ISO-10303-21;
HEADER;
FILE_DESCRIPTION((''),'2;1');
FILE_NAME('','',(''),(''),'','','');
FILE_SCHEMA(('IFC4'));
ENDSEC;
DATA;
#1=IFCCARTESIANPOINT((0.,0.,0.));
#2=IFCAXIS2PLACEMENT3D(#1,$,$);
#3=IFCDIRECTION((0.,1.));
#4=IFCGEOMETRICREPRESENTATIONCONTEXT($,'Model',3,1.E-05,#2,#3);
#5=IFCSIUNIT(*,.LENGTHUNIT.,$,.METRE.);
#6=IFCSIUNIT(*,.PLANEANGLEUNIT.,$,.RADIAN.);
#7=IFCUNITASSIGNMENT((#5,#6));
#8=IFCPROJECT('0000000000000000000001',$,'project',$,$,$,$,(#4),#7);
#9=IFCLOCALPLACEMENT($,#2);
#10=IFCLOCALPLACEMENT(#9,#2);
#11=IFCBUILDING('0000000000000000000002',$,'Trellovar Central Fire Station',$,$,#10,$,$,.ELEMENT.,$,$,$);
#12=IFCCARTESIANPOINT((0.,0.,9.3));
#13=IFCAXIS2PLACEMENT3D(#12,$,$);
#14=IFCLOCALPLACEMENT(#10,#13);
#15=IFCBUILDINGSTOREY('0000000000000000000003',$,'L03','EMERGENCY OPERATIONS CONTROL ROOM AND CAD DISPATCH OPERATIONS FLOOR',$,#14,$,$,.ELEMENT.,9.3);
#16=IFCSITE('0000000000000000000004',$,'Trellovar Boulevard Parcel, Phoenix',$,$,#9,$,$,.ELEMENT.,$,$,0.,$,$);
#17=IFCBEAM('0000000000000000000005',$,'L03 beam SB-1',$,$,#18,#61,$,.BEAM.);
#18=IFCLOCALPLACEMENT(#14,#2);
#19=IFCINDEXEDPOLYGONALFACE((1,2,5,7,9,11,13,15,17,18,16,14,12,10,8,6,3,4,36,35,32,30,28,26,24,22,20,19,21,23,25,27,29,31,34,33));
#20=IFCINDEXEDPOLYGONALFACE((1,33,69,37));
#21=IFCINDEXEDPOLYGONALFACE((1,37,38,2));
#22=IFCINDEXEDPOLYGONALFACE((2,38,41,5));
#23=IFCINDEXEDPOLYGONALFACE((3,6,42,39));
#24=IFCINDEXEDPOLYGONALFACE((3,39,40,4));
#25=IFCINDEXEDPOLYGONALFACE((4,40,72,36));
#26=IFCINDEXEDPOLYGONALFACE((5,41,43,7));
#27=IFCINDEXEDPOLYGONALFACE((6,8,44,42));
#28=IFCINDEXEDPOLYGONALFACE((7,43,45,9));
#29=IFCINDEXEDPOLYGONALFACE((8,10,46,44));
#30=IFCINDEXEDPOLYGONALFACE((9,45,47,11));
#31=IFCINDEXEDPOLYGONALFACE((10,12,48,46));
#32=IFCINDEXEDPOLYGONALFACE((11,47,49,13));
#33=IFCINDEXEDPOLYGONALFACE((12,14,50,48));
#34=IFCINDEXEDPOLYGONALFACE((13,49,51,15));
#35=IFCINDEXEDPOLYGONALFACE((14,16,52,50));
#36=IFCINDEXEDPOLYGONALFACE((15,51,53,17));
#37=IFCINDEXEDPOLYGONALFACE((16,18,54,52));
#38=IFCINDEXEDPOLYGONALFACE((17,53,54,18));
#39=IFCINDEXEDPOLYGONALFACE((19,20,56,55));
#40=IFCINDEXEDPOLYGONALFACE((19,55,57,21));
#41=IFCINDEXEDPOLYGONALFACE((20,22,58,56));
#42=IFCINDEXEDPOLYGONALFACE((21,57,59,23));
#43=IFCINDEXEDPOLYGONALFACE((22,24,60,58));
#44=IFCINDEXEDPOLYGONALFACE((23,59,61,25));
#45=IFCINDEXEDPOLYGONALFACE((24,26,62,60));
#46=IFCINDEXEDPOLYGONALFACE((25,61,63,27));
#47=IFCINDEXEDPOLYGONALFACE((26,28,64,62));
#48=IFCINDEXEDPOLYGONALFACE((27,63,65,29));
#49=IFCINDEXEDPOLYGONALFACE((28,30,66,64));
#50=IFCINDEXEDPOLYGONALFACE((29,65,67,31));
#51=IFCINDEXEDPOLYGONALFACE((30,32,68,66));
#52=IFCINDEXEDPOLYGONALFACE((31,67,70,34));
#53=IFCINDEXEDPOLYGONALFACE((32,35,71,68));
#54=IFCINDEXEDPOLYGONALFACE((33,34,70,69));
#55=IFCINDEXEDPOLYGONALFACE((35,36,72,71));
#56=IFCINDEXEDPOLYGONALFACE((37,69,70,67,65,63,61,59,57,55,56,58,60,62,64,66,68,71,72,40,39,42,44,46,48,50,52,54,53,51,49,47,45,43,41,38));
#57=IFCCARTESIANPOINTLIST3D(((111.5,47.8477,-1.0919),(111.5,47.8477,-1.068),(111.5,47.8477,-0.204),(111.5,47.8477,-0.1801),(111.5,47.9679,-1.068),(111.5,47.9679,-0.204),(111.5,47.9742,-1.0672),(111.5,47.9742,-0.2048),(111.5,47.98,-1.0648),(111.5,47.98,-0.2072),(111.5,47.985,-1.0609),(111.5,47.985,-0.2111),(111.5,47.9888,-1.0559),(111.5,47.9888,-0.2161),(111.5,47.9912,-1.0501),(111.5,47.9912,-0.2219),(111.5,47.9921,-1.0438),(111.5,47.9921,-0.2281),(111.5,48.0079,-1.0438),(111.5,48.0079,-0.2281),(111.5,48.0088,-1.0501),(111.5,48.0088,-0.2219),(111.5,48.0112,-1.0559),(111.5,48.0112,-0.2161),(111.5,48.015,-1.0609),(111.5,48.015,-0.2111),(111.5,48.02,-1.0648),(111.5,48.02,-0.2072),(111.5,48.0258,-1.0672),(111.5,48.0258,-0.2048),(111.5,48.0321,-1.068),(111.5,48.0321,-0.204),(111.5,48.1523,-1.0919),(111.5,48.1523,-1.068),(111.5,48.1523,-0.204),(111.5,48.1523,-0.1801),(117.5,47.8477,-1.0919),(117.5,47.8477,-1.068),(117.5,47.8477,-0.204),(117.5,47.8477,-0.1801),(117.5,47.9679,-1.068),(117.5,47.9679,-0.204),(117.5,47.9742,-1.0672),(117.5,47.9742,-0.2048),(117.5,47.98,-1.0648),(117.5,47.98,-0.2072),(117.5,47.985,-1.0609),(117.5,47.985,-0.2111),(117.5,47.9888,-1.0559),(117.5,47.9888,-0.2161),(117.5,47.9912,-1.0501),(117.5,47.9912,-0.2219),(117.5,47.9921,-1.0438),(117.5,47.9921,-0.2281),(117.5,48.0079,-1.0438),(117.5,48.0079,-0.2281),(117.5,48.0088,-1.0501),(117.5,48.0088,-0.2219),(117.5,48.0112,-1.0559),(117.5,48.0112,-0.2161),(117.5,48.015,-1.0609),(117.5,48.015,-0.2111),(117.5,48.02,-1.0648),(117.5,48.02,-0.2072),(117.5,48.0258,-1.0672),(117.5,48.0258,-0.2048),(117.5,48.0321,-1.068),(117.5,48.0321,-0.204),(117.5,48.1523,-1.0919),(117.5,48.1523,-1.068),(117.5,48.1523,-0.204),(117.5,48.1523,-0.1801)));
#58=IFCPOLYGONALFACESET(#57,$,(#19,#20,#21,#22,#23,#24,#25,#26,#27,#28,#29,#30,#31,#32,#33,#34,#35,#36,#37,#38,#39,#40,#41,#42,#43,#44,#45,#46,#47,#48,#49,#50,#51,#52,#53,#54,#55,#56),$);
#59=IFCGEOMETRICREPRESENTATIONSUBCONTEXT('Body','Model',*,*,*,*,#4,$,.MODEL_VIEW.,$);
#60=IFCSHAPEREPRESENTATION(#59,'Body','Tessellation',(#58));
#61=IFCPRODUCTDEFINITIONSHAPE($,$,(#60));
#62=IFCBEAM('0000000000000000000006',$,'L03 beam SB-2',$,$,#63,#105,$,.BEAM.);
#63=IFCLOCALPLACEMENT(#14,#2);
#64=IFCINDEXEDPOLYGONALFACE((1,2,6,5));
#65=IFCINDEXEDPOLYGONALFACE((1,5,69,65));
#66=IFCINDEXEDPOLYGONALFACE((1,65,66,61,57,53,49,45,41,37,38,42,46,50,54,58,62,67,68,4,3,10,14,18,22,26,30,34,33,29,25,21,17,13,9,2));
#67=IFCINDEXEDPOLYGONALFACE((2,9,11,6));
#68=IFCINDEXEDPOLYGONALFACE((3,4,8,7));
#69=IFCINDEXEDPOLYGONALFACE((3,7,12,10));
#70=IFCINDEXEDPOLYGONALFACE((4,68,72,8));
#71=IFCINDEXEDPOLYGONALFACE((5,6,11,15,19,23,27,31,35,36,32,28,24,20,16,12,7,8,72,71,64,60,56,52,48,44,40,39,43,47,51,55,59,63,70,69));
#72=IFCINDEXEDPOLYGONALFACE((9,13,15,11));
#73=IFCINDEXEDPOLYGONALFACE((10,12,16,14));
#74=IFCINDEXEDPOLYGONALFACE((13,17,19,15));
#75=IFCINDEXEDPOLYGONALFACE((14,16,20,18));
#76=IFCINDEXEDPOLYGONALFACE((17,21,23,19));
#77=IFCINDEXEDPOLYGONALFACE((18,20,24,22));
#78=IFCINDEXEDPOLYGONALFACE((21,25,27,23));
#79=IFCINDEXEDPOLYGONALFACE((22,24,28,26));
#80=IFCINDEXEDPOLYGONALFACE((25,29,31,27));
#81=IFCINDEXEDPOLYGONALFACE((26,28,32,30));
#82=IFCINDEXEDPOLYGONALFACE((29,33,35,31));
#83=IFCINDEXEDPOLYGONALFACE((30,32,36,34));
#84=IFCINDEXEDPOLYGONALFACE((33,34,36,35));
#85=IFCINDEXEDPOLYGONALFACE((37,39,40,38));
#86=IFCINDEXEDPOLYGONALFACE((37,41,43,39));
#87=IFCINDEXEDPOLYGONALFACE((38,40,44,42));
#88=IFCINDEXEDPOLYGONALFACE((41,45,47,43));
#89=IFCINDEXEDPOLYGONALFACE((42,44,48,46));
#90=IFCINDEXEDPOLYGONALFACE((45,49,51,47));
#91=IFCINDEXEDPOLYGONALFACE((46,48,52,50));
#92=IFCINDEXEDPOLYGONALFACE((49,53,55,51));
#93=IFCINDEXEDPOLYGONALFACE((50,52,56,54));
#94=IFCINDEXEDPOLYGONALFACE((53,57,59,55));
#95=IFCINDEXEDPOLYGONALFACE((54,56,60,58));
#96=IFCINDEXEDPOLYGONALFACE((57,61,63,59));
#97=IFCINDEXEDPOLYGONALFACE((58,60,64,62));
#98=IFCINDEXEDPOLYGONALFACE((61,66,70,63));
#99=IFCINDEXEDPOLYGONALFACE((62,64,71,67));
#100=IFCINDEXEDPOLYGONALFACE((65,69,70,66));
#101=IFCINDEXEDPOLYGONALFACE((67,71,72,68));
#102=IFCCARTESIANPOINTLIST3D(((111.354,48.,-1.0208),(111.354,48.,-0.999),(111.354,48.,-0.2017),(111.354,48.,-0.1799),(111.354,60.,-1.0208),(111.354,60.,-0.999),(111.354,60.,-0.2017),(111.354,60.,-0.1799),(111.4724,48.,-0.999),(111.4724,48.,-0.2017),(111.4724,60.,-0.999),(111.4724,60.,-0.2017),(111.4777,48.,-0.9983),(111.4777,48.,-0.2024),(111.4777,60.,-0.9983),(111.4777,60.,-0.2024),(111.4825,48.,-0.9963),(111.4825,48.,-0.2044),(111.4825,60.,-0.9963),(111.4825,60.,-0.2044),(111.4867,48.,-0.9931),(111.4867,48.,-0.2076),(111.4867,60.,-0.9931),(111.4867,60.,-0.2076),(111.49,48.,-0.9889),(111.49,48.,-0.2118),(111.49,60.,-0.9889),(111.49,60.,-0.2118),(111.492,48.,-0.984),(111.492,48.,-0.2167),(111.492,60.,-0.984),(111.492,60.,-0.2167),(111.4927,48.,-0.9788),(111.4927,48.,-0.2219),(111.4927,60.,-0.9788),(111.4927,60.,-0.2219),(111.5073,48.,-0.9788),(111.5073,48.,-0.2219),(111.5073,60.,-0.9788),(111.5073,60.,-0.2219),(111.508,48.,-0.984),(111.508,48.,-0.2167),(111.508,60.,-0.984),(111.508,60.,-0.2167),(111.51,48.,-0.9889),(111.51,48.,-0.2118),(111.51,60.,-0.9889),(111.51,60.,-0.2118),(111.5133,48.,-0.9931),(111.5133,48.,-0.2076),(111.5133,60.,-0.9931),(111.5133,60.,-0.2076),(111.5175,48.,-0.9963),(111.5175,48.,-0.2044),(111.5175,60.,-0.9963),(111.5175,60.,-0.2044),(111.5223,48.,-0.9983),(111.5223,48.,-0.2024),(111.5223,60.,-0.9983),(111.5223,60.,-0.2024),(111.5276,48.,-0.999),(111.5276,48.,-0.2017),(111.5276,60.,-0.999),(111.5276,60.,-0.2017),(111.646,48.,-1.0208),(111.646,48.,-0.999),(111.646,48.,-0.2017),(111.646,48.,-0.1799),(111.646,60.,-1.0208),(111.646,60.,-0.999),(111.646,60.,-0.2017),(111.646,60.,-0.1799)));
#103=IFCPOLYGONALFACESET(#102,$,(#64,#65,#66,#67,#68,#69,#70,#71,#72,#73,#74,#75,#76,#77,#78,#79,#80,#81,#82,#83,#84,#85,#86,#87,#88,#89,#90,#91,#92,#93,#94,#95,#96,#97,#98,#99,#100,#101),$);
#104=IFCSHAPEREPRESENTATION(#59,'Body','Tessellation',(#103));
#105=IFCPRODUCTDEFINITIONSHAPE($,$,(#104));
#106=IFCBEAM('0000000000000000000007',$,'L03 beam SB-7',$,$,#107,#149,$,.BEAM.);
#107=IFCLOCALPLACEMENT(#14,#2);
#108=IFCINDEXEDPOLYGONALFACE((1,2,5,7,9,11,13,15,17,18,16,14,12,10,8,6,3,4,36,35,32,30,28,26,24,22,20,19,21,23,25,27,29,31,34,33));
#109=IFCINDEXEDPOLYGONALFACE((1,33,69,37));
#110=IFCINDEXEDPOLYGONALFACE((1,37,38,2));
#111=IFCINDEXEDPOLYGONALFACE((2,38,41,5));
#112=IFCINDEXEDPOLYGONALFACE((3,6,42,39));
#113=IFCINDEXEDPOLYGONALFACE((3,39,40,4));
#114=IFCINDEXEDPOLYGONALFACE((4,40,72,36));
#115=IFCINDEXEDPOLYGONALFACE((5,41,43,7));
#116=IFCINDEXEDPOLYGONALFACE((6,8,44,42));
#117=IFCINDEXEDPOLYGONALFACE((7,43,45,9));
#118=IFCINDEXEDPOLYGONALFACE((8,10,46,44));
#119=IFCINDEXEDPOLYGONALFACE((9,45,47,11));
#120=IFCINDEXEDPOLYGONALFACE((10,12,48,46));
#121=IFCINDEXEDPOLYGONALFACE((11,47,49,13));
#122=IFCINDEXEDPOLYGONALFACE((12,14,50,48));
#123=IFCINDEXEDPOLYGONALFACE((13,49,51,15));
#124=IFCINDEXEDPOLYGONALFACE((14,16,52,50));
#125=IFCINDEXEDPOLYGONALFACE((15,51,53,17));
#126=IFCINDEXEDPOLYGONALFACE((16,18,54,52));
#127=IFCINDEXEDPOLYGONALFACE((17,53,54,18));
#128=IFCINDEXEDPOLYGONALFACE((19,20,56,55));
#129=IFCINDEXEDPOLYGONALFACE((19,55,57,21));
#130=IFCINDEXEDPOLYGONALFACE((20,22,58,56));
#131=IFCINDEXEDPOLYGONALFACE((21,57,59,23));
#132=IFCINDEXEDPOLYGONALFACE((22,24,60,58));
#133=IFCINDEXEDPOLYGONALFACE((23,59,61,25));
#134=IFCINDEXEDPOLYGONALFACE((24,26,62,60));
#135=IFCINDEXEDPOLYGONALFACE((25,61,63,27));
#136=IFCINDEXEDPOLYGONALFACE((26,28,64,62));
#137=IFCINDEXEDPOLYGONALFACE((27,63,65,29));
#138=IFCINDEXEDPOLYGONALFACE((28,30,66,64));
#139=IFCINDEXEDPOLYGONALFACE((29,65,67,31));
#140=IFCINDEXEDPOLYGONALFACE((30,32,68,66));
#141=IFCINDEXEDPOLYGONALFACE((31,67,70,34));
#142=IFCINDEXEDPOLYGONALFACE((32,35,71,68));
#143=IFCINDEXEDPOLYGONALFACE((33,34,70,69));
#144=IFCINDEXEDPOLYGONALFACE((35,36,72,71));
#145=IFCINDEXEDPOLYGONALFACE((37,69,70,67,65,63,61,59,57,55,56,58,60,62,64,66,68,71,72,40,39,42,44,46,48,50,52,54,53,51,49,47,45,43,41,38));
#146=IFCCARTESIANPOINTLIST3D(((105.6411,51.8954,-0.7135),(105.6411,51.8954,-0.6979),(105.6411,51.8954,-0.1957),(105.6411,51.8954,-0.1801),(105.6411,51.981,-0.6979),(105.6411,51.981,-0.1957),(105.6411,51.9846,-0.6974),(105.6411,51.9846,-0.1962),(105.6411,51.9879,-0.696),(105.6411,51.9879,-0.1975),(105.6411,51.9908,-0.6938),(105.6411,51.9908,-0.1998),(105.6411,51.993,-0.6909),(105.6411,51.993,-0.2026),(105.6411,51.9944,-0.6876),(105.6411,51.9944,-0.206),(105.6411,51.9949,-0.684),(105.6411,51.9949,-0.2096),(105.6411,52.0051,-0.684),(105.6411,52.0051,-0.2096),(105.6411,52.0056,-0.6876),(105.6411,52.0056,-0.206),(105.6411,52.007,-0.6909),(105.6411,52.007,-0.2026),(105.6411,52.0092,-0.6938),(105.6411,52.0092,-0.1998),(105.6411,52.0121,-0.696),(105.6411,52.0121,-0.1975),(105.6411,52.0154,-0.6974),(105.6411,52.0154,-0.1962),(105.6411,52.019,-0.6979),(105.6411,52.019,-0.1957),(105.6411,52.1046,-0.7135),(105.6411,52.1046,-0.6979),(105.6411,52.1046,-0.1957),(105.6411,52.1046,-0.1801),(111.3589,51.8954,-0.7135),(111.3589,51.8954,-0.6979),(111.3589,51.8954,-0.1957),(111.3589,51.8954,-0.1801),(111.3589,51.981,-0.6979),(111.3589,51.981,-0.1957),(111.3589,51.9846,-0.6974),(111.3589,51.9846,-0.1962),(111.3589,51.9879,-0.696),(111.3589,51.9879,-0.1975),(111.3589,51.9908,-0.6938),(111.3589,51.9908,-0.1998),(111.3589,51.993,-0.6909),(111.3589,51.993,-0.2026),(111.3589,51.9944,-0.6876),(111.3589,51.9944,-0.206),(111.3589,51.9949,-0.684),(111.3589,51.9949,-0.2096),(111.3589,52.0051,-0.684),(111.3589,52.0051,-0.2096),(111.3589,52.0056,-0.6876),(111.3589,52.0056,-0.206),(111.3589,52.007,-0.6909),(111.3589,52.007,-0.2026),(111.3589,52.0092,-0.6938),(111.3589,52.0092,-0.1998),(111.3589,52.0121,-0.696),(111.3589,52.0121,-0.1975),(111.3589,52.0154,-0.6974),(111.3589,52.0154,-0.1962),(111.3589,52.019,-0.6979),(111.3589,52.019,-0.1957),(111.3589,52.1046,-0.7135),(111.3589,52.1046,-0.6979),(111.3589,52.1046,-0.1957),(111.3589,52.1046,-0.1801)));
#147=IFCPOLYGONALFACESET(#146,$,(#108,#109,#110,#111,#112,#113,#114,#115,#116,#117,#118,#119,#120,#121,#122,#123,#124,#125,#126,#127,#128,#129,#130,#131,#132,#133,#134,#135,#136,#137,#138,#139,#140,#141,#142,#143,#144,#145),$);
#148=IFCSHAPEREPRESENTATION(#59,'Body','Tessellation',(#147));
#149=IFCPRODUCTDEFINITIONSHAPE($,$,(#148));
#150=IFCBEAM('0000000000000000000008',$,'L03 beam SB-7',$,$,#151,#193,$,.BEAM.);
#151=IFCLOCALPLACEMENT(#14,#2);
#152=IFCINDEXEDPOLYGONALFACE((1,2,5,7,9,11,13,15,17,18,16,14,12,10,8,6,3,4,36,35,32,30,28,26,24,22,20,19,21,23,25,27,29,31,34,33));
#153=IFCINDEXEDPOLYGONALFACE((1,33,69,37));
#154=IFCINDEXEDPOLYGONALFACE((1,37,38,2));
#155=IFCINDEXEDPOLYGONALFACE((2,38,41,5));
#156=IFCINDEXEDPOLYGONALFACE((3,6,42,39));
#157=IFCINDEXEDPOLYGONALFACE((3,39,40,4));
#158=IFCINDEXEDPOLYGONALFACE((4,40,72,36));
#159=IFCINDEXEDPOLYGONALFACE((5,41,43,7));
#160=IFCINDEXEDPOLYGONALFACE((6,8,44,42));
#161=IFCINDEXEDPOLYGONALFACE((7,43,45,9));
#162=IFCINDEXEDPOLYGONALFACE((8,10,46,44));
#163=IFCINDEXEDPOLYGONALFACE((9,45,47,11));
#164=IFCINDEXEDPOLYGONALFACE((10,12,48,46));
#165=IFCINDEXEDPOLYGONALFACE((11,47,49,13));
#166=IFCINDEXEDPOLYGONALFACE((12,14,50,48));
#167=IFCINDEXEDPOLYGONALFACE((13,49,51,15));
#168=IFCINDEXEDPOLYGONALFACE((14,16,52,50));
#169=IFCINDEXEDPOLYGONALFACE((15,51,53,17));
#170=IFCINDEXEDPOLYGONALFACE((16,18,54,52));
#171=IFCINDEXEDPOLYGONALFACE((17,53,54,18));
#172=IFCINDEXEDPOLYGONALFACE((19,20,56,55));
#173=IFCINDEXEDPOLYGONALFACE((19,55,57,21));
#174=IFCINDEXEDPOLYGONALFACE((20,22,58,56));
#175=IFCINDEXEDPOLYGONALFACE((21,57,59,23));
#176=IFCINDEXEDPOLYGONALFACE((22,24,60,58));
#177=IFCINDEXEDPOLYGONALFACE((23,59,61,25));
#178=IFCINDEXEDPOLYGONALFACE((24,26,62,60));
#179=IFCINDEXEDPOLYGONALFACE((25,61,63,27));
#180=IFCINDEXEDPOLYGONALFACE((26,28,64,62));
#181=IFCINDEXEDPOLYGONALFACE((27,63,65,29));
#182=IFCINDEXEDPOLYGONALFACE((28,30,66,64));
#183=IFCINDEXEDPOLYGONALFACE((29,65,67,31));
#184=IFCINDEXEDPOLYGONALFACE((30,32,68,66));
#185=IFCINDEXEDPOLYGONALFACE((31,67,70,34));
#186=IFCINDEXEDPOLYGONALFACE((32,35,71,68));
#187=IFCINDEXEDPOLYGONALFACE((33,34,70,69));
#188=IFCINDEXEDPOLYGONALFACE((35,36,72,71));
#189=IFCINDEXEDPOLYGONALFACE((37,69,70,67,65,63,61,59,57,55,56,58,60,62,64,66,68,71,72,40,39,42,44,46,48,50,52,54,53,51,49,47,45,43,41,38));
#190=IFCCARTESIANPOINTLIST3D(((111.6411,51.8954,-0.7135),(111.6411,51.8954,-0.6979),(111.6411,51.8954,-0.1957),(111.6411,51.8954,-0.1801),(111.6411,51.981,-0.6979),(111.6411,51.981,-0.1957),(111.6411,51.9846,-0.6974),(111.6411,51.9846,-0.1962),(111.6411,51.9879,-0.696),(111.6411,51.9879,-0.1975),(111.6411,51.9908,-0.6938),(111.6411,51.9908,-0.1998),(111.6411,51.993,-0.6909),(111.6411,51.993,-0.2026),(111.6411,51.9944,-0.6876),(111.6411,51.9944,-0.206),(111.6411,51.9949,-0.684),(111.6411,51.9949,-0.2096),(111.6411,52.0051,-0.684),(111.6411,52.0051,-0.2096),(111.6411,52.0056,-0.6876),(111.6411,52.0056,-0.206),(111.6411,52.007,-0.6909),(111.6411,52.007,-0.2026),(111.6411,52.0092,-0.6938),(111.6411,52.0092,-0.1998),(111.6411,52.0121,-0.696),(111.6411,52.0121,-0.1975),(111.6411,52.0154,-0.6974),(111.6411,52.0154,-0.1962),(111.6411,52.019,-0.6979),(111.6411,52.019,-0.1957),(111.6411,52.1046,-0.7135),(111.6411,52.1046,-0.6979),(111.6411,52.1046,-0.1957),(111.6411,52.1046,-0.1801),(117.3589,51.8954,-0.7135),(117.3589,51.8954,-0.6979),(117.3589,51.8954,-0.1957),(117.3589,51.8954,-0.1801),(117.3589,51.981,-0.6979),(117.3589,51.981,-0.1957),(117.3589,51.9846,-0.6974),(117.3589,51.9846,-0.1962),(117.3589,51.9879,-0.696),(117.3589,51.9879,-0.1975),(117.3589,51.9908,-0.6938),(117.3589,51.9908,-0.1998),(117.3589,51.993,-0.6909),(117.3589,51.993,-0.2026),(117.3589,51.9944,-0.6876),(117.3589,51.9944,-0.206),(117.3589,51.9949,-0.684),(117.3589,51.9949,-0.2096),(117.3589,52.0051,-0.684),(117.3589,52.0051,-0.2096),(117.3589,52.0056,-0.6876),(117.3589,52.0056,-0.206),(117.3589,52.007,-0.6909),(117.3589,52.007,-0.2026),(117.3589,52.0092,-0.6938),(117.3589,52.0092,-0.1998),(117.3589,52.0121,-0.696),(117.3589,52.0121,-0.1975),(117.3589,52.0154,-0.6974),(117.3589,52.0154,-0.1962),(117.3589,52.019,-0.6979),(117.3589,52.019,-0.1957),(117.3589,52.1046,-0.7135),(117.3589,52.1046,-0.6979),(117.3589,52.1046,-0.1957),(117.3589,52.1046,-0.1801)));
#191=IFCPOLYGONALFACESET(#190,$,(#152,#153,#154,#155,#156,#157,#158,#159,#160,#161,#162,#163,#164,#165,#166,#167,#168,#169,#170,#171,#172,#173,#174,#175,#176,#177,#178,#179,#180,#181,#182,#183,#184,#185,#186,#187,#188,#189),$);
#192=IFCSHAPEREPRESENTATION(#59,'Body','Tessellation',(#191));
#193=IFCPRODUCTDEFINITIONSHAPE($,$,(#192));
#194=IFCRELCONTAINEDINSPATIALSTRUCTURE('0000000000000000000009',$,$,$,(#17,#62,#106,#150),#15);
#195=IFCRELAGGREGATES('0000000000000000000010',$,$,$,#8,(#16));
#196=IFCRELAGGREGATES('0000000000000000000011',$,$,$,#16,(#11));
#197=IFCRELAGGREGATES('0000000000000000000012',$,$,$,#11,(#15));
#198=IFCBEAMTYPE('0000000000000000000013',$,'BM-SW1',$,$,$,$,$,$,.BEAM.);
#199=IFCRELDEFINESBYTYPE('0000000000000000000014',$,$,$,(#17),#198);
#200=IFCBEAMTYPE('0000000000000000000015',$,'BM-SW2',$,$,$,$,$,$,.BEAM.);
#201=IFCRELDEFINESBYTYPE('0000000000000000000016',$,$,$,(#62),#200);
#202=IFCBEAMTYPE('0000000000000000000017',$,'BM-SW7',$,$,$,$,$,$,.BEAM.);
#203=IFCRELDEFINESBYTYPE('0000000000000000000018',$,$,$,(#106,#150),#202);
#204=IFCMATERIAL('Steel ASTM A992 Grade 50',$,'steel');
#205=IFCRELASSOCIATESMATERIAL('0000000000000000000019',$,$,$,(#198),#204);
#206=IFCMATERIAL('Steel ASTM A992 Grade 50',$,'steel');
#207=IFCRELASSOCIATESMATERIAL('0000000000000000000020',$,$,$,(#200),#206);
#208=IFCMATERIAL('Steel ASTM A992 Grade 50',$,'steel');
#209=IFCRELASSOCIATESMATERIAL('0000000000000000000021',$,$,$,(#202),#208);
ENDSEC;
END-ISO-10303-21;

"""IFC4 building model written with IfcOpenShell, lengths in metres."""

from ifc_helpers import new_model, si_unit, direction, frame, origin, origin_2d, place, context, subcontext, project, spatial, i_section, extrude, material, material_profile, profile_set, type_object, element, save


model = new_model("IFC4")

# Units and contexts
model_context = context("Model", 3, precision=1e-05, world=origin(), true_north=direction((0.0, 1.0)))
body_context = subcontext(model_context, "Body", "Model", "MODEL_VIEW")
ifc_project = project(units=[si_unit("LENGTHUNIT", "METRE"), si_unit("PLANEANGLEUNIT", "RADIAN")], contexts=[model_context])

# Site, building, storey
site_placement = place(None, origin())
site = spatial("IfcSite", under=ifc_project, at=site_placement, Name="Trellovar Boulevard Parcel, Phoenix", CompositionType="ELEMENT", RefElevation=0.0)
building_placement = place(site_placement, origin())
building = spatial("IfcBuilding", under=site, at=building_placement, Name="Trellovar Central Fire Station", CompositionType="ELEMENT")
storey_placement = place(building_placement, frame((0.0, 0.0, 9.3)))
storey = spatial("IfcBuildingStorey", under=building, at=storey_placement, Name="L03", Description="EMERGENCY OPERATIONS CONTROL ROOM AND CAD DISPATCH OPERATIONS FLOOR", CompositionType="ELEMENT", Elevation=9.3)

# Beams
ifc_material_1 = material(Name="Steel ASTM A992 Grade 50", Category="steel")
ifc_material_profile_1 = material_profile(ifc_material_1, i_section(OverallWidth=0.3047, OverallDepth=0.9119, WebThickness=0.0159, FlangeThickness=0.0239, FilletRadius=0.0242, at=origin_2d()), Name="W36X150")
ifc_profile_set_1 = profile_set([ifc_material_profile_1], Name="Steel ASTM A992 Grade 50")
beam_type_1 = type_object("IfcBeamType", Name="BM-SW1", PredefinedType="BEAM", material=ifc_profile_set_1)
beam_1_placement = place(storey_placement, frame((111.5, 48.0, -0.636), z_axis=(1.0, 0.0, 0.0), x_axis=(0.0, 1.0, 0.0)))
element("IfcBeam", 1, at=beam_1_placement, inside=storey, type_object=beam_type_1, Name="L03 beam SB-1", PredefinedType="BEAM", context=body_context, shape_type="SweptSolid", body=[
    extrude(i_section(OverallWidth=0.3047, OverallDepth=0.9119, WebThickness=0.0159, FlangeThickness=0.0239, FilletRadius=0.0242, at=origin_2d()), origin(), (0.0, 0.0, 1.0), 6.0),
])
ifc_material_2 = material(Name="Steel ASTM A992 Grade 50", Category="steel")
ifc_material_profile_2 = material_profile(ifc_material_2, i_section(OverallWidth=0.292, OverallDepth=0.8408, WebThickness=0.0146, FlangeThickness=0.0217, FilletRadius=0.0203, at=origin_2d()), Name="W33X130")
ifc_profile_set_2 = profile_set([ifc_material_profile_2], Name="Steel ASTM A992 Grade 50")
beam_type_2 = type_object("IfcBeamType", Name="BM-SW2", PredefinedType="BEAM", material=ifc_profile_set_2)
beam_2_placement = place(storey_placement, frame((111.5, 48.0, -0.6003), z_axis=(0.0, 1.0, 0.0), x_axis=(-1.0, 0.0, 0.0)))
element("IfcBeam", 2, at=beam_2_placement, inside=storey, type_object=beam_type_2, Name="L03 beam SB-2", PredefinedType="BEAM", context=body_context, shape_type="SweptSolid", body=[
    extrude(i_section(OverallWidth=0.292, OverallDepth=0.8408, WebThickness=0.0146, FlangeThickness=0.0217, FilletRadius=0.0203, at=origin_2d()), origin(), (0.0, 0.0, 1.0), 12.0),
])
ifc_material_3 = material(Name="Steel ASTM A992 Grade 50", Category="steel")
ifc_material_profile_3 = material_profile(ifc_material_3, i_section(OverallWidth=0.2092, OverallDepth=0.5334, WebThickness=0.0103, FlangeThickness=0.0156, FilletRadius=0.0139, at=origin_2d()), Name="W21X62")
ifc_profile_set_3 = profile_set([ifc_material_profile_3], Name="Steel ASTM A992 Grade 50")
beam_type_3 = type_object("IfcBeamType", Name="BM-SW7", PredefinedType="BEAM", material=ifc_profile_set_3)
for number, where, z_axis, x_axis, name in (
    (3, (105.6411, 52.0, -0.4468), (1.0, 0.0, 0.0), (0.0, 1.0, 0.0), "L03 beam SB-7"),
    (4, (111.6411, 52.0, -0.4468), (1.0, 0.0, 0.0), (0.0, 1.0, 0.0), "L03 beam SB-7"),
):
    element("IfcBeam", number, at=place(storey_placement, frame(where, z_axis=z_axis, x_axis=x_axis)), inside=storey, type_object=beam_type_3, Name=name, PredefinedType="BEAM", context=body_context, shape_type="SweptSolid", body=[
        extrude(i_section(OverallWidth=0.2092, OverallDepth=0.5334, WebThickness=0.0103, FlangeThickness=0.0156, FilletRadius=0.0139, at=origin_2d()), origin(), (0.0, 0.0, 1.0), 5.7178),
    ])

save(model, "model.ifc")
